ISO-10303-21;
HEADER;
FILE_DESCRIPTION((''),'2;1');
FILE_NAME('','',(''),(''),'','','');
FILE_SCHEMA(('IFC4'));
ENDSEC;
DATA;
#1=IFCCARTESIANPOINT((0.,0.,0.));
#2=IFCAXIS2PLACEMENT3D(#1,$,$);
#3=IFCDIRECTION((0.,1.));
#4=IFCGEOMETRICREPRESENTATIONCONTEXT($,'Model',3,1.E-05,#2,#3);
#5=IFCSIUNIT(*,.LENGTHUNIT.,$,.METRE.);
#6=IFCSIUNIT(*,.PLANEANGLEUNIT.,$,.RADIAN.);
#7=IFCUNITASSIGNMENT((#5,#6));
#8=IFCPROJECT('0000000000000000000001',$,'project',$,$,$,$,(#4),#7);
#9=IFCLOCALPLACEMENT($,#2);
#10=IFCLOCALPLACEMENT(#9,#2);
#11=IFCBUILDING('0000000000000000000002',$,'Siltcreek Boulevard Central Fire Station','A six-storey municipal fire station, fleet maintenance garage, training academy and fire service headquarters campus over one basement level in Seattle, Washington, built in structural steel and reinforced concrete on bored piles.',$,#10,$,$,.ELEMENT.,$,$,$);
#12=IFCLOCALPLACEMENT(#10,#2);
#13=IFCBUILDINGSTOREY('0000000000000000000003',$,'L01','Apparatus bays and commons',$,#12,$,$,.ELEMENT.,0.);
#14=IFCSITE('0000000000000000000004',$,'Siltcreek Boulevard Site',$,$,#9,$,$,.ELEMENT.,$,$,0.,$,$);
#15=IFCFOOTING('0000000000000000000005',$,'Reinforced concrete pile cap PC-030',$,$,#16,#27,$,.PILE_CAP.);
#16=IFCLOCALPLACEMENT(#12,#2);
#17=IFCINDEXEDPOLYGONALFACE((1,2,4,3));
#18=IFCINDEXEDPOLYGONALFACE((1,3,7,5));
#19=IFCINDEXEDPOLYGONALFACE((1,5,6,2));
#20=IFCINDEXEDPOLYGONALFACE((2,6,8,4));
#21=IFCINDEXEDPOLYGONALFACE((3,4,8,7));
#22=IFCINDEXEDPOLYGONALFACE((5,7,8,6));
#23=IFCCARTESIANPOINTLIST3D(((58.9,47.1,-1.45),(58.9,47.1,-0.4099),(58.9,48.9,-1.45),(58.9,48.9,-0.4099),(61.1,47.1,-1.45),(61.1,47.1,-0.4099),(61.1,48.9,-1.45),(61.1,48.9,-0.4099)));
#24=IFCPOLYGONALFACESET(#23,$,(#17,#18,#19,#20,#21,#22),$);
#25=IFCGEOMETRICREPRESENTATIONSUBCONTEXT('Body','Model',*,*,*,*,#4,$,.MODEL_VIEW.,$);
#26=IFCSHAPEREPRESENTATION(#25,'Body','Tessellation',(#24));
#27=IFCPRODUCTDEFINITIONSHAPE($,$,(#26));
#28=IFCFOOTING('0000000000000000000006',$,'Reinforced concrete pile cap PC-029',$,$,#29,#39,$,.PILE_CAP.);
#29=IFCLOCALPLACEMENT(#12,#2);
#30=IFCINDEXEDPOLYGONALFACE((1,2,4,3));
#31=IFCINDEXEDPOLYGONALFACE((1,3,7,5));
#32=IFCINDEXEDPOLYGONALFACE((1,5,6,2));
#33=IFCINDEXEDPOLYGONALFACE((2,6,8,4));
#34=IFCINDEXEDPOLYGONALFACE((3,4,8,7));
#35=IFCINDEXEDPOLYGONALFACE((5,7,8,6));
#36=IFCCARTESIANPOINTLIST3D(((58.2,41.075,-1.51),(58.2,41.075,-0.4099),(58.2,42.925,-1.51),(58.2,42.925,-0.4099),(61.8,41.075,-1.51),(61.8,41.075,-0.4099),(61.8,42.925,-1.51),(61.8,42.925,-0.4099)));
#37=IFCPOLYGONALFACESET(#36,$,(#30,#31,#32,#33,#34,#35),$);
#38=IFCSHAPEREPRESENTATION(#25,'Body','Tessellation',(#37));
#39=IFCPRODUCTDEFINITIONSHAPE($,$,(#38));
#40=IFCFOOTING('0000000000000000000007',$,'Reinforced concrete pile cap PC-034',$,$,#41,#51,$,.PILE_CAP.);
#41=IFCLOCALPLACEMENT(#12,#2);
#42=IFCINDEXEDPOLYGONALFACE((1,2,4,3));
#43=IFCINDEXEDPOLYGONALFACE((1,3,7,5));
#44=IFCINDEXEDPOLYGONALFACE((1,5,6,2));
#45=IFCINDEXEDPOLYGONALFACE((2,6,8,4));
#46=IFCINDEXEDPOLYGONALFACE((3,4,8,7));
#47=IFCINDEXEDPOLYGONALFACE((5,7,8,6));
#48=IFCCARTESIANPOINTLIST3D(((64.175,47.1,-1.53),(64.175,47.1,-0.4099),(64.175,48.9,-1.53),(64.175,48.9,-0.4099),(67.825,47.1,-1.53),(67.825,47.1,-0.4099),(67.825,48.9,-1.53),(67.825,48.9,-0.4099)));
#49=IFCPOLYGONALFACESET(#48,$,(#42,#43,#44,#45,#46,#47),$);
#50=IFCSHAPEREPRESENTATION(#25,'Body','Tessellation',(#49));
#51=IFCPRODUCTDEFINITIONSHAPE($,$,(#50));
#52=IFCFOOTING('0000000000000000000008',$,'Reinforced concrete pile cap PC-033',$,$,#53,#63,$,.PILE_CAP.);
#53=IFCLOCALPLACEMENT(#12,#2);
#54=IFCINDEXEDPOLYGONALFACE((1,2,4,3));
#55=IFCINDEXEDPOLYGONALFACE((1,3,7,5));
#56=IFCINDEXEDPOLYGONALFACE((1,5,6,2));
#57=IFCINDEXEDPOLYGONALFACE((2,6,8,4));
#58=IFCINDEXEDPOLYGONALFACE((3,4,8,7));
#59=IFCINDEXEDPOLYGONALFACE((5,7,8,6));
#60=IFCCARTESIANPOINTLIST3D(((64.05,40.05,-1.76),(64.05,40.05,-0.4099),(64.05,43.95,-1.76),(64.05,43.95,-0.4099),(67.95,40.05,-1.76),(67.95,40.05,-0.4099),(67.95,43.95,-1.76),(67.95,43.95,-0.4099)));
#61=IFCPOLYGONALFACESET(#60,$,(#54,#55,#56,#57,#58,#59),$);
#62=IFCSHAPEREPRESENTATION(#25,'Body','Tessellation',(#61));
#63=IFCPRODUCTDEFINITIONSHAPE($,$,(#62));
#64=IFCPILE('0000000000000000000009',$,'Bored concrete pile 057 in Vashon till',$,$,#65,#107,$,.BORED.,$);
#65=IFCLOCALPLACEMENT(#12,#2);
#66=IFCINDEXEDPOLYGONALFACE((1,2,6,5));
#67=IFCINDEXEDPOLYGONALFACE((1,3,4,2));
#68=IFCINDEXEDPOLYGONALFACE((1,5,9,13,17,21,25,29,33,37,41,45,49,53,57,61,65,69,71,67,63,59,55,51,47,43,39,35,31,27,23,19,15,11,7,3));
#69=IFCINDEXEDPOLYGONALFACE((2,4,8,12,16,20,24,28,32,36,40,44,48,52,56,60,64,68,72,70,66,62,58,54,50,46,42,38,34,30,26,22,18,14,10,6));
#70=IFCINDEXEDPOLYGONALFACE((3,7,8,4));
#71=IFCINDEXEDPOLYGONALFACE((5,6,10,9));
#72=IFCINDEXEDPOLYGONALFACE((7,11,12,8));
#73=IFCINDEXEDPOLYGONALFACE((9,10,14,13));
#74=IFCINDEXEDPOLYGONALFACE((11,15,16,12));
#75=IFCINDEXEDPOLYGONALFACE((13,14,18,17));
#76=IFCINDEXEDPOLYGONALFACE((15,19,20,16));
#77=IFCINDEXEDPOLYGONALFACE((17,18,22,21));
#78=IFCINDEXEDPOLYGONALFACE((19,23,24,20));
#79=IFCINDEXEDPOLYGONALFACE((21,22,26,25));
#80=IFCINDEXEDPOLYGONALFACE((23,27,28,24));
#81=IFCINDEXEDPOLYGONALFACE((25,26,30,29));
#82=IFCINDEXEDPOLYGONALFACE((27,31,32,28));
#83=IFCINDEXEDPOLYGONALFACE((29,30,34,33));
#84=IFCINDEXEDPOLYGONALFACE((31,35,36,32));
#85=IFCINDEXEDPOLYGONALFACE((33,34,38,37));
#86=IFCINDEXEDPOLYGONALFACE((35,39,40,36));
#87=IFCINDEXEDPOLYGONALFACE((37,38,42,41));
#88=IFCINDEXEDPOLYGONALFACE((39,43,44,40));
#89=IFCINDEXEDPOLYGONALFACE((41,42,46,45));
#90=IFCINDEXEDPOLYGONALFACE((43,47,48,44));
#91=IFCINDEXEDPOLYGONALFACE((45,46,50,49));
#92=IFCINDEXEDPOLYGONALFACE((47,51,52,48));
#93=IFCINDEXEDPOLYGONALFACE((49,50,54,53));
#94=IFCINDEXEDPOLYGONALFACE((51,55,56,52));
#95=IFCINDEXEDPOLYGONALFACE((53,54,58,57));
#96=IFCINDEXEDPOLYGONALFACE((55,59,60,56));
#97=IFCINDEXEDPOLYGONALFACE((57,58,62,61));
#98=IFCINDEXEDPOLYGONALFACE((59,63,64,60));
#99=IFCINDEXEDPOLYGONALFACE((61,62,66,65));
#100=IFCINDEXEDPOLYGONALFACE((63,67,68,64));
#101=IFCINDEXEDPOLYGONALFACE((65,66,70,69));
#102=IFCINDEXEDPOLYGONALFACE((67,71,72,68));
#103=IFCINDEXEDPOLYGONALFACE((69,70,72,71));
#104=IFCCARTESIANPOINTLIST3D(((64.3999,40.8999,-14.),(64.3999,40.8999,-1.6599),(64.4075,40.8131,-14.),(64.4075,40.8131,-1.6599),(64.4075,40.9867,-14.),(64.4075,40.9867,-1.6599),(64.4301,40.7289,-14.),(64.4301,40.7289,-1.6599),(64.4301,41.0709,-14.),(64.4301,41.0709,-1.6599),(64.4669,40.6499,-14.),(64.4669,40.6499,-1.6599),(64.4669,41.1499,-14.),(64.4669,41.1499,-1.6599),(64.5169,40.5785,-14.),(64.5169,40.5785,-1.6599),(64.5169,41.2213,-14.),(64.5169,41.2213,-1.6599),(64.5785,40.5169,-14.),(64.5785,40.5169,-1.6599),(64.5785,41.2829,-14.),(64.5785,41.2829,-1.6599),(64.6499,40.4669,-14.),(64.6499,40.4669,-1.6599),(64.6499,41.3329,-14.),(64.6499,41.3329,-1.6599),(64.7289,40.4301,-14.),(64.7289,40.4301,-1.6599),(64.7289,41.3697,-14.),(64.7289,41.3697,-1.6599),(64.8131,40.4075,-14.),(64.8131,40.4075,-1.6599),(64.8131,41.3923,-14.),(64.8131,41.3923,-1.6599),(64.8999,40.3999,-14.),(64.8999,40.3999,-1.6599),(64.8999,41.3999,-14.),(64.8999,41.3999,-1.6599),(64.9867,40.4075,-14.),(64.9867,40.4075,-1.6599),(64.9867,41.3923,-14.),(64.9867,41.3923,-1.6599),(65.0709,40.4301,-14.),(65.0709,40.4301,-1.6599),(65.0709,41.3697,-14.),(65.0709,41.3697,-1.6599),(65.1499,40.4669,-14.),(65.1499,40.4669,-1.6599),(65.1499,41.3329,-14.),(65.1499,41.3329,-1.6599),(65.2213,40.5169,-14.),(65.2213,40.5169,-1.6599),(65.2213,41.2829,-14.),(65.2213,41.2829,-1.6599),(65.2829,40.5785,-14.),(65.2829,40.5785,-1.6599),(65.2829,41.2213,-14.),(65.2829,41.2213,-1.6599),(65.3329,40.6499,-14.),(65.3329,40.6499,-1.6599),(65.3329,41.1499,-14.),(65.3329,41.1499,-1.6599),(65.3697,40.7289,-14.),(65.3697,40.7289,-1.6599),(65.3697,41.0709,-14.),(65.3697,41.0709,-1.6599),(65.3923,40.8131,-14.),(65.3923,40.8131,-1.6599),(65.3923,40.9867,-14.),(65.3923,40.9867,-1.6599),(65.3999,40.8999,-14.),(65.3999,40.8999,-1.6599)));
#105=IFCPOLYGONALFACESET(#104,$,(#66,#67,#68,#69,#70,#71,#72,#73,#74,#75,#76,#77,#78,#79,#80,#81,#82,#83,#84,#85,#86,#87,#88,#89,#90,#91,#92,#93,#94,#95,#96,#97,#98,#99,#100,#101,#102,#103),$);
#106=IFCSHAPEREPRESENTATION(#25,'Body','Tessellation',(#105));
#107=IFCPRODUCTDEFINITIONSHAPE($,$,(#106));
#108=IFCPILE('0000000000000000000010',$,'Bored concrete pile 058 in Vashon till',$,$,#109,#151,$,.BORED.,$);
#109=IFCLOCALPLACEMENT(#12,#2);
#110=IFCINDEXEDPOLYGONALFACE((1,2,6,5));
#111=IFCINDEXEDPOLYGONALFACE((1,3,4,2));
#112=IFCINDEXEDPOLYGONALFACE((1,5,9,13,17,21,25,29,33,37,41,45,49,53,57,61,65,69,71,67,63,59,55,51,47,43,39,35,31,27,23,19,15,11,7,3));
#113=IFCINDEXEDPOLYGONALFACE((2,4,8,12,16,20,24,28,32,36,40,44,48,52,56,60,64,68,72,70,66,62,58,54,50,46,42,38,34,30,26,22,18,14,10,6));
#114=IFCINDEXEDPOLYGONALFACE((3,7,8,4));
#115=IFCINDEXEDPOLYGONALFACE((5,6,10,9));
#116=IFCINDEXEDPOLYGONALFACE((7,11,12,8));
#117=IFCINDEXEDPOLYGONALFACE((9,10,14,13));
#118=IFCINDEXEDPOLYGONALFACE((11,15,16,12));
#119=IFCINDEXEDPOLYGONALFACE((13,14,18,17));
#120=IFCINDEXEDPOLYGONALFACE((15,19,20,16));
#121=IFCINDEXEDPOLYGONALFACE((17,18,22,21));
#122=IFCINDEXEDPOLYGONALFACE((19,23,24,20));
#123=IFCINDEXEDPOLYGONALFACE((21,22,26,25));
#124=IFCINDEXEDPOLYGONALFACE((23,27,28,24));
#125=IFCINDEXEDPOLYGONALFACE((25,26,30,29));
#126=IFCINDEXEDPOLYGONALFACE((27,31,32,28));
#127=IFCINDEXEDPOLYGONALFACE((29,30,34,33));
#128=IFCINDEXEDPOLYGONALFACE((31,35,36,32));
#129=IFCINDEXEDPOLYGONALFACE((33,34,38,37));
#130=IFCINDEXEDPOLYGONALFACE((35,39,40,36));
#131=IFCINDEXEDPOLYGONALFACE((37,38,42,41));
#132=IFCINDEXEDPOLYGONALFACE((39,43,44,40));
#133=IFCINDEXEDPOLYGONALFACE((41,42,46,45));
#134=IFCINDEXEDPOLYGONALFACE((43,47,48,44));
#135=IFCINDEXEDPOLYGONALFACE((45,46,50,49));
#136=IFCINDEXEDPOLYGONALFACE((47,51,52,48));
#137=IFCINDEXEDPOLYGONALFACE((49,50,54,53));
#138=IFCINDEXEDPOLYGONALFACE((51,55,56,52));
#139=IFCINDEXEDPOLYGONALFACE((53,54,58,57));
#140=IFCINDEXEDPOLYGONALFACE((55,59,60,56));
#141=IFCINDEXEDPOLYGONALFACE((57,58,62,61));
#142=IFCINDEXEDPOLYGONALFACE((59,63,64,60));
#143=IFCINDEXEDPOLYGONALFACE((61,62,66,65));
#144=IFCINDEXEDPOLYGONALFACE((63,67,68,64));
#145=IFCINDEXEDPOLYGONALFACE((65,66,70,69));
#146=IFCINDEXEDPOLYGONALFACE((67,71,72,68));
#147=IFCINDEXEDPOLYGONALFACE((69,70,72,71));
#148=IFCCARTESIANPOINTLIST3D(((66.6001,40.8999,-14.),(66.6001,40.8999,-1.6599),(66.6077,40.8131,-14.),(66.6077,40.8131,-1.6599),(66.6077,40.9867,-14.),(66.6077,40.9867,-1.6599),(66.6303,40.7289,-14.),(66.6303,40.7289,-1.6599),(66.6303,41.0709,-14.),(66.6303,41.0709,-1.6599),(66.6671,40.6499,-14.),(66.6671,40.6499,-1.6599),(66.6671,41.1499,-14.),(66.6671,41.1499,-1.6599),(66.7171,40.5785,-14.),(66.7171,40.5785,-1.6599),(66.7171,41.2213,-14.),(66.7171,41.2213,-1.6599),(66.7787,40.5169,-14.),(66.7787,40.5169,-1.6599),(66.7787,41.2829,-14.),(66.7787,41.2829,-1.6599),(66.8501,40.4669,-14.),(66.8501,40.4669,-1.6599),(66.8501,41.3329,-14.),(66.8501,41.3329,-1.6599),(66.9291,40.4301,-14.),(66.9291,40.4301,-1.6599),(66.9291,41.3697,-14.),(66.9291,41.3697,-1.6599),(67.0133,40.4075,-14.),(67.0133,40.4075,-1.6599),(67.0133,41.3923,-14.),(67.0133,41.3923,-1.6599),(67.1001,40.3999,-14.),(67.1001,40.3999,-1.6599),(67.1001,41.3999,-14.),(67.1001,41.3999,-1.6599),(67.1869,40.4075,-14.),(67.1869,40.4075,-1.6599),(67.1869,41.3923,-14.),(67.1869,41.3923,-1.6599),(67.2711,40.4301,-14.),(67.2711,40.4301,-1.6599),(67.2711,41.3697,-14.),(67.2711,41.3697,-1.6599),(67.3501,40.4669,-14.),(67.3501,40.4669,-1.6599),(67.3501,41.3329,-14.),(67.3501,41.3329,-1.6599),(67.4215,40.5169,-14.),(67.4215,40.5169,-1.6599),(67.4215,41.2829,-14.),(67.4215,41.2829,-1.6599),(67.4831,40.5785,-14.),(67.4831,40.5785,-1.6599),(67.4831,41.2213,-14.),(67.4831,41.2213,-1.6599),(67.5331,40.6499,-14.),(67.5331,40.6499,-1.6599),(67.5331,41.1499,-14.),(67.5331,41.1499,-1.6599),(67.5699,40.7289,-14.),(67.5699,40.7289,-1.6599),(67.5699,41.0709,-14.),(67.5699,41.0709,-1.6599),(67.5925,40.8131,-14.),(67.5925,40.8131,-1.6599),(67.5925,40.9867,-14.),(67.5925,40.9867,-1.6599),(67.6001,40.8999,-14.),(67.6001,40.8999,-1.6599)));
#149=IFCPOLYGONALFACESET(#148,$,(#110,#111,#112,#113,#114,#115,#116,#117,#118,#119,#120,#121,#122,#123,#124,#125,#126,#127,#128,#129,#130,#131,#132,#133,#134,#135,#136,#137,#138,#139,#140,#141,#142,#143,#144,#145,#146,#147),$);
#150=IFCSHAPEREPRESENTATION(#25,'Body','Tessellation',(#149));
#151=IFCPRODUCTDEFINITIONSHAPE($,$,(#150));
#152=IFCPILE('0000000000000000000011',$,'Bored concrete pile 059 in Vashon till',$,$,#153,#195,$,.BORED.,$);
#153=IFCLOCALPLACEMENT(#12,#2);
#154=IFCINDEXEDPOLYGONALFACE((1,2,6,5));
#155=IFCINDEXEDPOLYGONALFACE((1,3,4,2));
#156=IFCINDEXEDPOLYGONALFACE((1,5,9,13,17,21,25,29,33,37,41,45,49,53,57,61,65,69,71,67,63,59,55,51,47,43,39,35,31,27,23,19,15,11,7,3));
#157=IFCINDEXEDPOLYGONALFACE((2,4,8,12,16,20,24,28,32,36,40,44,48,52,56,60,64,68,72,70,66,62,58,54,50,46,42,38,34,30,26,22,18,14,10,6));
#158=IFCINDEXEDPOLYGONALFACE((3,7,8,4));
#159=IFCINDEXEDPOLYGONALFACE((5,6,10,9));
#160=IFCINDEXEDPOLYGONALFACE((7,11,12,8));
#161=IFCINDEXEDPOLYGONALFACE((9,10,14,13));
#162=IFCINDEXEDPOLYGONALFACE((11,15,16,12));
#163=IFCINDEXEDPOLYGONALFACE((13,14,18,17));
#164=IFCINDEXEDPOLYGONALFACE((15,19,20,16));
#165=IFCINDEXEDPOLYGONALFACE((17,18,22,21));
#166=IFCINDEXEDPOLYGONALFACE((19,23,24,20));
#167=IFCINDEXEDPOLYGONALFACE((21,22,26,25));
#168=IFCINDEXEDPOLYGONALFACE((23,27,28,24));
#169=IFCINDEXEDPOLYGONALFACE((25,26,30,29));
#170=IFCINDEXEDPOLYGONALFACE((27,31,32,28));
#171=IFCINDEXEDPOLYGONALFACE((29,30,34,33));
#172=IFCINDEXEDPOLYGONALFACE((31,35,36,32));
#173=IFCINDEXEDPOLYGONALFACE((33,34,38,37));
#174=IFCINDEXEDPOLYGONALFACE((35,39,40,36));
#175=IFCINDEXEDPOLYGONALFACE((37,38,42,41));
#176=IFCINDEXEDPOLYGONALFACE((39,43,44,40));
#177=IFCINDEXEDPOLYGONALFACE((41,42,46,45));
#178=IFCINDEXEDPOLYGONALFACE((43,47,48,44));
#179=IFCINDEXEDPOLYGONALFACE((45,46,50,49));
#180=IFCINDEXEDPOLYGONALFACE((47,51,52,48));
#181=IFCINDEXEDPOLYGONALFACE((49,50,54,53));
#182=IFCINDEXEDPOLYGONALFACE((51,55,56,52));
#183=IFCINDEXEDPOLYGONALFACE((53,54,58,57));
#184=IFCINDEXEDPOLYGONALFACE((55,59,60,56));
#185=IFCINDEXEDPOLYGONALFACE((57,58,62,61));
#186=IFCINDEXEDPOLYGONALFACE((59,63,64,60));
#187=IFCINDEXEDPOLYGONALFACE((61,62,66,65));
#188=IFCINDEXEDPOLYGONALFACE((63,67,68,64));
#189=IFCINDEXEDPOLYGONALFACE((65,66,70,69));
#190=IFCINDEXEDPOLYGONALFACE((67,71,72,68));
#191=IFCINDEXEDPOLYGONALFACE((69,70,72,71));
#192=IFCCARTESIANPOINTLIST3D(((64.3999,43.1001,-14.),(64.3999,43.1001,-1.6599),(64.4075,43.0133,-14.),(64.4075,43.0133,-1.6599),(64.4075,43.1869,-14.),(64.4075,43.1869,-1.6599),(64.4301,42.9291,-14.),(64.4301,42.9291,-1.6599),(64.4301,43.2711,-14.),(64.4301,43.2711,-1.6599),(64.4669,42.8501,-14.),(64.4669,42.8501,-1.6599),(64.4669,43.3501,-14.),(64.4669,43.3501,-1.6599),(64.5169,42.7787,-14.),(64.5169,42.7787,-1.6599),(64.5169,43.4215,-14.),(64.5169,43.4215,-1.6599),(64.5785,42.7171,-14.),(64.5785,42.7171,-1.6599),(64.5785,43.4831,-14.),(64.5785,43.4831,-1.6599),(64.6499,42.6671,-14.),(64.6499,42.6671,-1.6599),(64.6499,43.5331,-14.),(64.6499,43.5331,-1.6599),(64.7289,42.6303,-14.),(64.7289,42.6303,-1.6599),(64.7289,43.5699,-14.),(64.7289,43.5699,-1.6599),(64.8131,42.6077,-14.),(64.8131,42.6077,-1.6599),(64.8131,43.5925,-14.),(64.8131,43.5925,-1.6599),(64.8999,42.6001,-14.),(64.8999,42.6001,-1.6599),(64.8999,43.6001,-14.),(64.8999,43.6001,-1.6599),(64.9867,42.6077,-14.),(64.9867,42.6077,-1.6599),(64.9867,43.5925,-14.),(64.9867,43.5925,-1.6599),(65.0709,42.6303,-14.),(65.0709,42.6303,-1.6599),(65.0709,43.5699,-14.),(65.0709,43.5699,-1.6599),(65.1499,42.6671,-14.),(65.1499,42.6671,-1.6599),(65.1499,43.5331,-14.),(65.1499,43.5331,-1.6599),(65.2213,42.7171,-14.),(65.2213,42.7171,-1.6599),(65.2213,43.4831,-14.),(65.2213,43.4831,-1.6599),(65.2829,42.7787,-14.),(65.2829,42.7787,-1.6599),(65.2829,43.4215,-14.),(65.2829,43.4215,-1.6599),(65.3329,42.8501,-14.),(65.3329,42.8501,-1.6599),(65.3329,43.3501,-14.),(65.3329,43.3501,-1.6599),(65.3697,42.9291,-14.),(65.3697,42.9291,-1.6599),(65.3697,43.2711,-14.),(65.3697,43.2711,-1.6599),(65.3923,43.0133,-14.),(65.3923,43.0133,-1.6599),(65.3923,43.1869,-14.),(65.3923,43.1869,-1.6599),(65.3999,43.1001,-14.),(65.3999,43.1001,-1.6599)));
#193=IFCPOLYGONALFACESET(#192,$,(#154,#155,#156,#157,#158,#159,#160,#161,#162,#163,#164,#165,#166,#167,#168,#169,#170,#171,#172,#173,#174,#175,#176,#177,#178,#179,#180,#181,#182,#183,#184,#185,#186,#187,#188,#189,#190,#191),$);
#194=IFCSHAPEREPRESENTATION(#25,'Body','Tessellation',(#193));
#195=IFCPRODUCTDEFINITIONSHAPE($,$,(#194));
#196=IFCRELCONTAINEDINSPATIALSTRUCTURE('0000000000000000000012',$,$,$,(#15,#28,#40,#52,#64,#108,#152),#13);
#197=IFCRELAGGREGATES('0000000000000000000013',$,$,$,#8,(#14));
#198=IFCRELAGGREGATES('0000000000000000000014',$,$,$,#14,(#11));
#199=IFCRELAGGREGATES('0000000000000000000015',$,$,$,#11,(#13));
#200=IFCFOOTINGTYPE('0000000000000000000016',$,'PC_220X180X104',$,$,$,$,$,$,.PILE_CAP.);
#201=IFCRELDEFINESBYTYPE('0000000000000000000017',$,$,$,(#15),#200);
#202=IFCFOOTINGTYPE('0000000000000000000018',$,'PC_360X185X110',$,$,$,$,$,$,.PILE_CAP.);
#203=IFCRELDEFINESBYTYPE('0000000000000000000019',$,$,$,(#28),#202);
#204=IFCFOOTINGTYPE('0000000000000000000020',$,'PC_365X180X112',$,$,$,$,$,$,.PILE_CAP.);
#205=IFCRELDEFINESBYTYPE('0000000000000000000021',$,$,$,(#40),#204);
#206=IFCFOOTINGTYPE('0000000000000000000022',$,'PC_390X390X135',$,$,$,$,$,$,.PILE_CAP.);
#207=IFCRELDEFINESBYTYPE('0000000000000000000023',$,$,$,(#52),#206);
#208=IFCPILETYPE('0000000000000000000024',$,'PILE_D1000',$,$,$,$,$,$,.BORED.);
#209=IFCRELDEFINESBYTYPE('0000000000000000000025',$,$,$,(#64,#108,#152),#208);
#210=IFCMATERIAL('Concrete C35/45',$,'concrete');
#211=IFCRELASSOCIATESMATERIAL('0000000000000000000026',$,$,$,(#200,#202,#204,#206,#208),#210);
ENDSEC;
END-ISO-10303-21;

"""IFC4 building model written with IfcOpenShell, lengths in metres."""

from ifc_helpers import new_model, si_unit, direction, frame, origin, origin_2d, place, context, subcontext, project, spatial, rectangle, circle, extrude, material, material_profile, profile_set, type_object, element, save


model = new_model("IFC4")

# Units and contexts
model_context = context("Model", 3, precision=1e-05, world=origin(), true_north=direction((0.0, 1.0)))
body_context = subcontext(model_context, "Body", "Model", "MODEL_VIEW")
ifc_project = project(units=[si_unit("LENGTHUNIT", "METRE"), si_unit("PLANEANGLEUNIT", "RADIAN")], contexts=[model_context])

# Site, building, storey
site_placement = place(None, origin())
site = spatial("IfcSite", under=ifc_project, at=site_placement, Name="Siltcreek Boulevard Site", CompositionType="ELEMENT", RefElevation=0.0)
building_placement = place(site_placement, origin())
building = spatial("IfcBuilding", under=site, at=building_placement, Name="Siltcreek Boulevard Central Fire Station", Description="A six-storey municipal fire station, fleet maintenance garage, training academy and fire service headquarters campus over one basement level in Seattle, Washington, built in structural steel and reinforced concrete on bored piles.", CompositionType="ELEMENT")
storey_placement = place(building_placement, origin())
storey = spatial("IfcBuildingStorey", under=building, at=storey_placement, Name="L01", Description="Apparatus bays and commons", CompositionType="ELEMENT", Elevation=0.0)

# Footings
ifc_material_1 = material(Name="Concrete C35/45", Category="concrete")
footing_type_1 = type_object("IfcFootingType", Name="PC_220X180X104", PredefinedType="PILE_CAP", material=ifc_material_1)
footing_1_placement = place(storey_placement, frame((60.0, 48.0, -1.45), z_axis=(0.0, 0.0, 1.0), x_axis=(1.0, 0.0, 0.0)))
element("IfcFooting", 1, at=footing_1_placement, inside=storey, type_object=footing_type_1, Name="Reinforced concrete pile cap PC-030", PredefinedType="PILE_CAP", context=body_context, shape_type="SweptSolid", body=[
    extrude(rectangle(XDim=2.2, YDim=1.8, at=origin_2d()), origin(), (0.0, 0.0, 1.0), 1.04),
])
footing_type_2 = type_object("IfcFootingType", Name="PC_360X185X110", PredefinedType="PILE_CAP", material=ifc_material_1)
footing_2_placement = place(storey_placement, frame((60.0, 42.0, -1.51), z_axis=(0.0, 0.0, 1.0), x_axis=(1.0, 0.0, 0.0)))
element("IfcFooting", 2, at=footing_2_placement, inside=storey, type_object=footing_type_2, Name="Reinforced concrete pile cap PC-029", PredefinedType="PILE_CAP", context=body_context, shape_type="SweptSolid", body=[
    extrude(rectangle(XDim=3.6001, YDim=1.8501, at=origin_2d()), origin(), (0.0, 0.0, 1.0), 1.1001),
])
footing_type_3 = type_object("IfcFootingType", Name="PC_365X180X112", PredefinedType="PILE_CAP", material=ifc_material_1)
footing_3_placement = place(storey_placement, frame((66.0, 48.0, -1.53), z_axis=(0.0, 0.0, 1.0), x_axis=(1.0, 0.0, 0.0)))
element("IfcFooting", 3, at=footing_3_placement, inside=storey, type_object=footing_type_3, Name="Reinforced concrete pile cap PC-034", PredefinedType="PILE_CAP", context=body_context, shape_type="SweptSolid", body=[
    extrude(rectangle(XDim=3.6499, YDim=1.8, at=origin_2d()), origin(), (0.0, 0.0, 1.0), 1.1201),
])
footing_type_4 = type_object("IfcFootingType", Name="PC_390X390X135", PredefinedType="PILE_CAP", material=ifc_material_1)
footing_4_placement = place(storey_placement, frame((66.0, 42.0, -1.76), z_axis=(0.0, 0.0, 1.0), x_axis=(1.0, 0.0, 0.0)))
element("IfcFooting", 4, at=footing_4_placement, inside=storey, type_object=footing_type_4, Name="Reinforced concrete pile cap PC-033", PredefinedType="PILE_CAP", context=body_context, shape_type="SweptSolid", body=[
    extrude(rectangle(XDim=3.8999, YDim=3.8999, at=origin_2d()), origin(), (0.0, 0.0, 1.0), 1.3501),
])

# Piles
ifc_material_profile_1 = material_profile(ifc_material_1, circle(Radius=0.5, at=origin_2d()), Name="SHAFT1000")
ifc_profile_set_1 = profile_set([ifc_material_profile_1], Name="Concrete C35/45")
pile_type_1 = type_object("IfcPileType", Name="PILE_D1000", PredefinedType="BORED", material=ifc_profile_set_1)
for number, where, z_axis, x_axis, name in (
    (5, (64.8999, 40.8999, -1.6599), (0.0, 0.0, -1.0), (1.0, 0.0, 0.0), "Bored concrete pile 057 in Vashon till"),
    (6, (67.1001, 40.8999, -1.6599), (0.0, 0.0, -1.0), (1.0, 0.0, 0.0), "Bored concrete pile 058 in Vashon till"),
    (7, (64.8999, 43.1001, -1.6599), (0.0, 0.0, -1.0), (1.0, 0.0, 0.0), "Bored concrete pile 059 in Vashon till"),
):
    element("IfcPile", number, at=place(storey_placement, frame(where, z_axis=z_axis, x_axis=x_axis)), inside=storey, type_object=pile_type_1, Name=name, PredefinedType="BORED", context=body_context, shape_type="SweptSolid", body=[
        extrude(circle(Radius=0.5, at=origin_2d()), origin(), (0.0, 0.0, 1.0), 12.3401),
    ])

save(model, "model.ifc")
